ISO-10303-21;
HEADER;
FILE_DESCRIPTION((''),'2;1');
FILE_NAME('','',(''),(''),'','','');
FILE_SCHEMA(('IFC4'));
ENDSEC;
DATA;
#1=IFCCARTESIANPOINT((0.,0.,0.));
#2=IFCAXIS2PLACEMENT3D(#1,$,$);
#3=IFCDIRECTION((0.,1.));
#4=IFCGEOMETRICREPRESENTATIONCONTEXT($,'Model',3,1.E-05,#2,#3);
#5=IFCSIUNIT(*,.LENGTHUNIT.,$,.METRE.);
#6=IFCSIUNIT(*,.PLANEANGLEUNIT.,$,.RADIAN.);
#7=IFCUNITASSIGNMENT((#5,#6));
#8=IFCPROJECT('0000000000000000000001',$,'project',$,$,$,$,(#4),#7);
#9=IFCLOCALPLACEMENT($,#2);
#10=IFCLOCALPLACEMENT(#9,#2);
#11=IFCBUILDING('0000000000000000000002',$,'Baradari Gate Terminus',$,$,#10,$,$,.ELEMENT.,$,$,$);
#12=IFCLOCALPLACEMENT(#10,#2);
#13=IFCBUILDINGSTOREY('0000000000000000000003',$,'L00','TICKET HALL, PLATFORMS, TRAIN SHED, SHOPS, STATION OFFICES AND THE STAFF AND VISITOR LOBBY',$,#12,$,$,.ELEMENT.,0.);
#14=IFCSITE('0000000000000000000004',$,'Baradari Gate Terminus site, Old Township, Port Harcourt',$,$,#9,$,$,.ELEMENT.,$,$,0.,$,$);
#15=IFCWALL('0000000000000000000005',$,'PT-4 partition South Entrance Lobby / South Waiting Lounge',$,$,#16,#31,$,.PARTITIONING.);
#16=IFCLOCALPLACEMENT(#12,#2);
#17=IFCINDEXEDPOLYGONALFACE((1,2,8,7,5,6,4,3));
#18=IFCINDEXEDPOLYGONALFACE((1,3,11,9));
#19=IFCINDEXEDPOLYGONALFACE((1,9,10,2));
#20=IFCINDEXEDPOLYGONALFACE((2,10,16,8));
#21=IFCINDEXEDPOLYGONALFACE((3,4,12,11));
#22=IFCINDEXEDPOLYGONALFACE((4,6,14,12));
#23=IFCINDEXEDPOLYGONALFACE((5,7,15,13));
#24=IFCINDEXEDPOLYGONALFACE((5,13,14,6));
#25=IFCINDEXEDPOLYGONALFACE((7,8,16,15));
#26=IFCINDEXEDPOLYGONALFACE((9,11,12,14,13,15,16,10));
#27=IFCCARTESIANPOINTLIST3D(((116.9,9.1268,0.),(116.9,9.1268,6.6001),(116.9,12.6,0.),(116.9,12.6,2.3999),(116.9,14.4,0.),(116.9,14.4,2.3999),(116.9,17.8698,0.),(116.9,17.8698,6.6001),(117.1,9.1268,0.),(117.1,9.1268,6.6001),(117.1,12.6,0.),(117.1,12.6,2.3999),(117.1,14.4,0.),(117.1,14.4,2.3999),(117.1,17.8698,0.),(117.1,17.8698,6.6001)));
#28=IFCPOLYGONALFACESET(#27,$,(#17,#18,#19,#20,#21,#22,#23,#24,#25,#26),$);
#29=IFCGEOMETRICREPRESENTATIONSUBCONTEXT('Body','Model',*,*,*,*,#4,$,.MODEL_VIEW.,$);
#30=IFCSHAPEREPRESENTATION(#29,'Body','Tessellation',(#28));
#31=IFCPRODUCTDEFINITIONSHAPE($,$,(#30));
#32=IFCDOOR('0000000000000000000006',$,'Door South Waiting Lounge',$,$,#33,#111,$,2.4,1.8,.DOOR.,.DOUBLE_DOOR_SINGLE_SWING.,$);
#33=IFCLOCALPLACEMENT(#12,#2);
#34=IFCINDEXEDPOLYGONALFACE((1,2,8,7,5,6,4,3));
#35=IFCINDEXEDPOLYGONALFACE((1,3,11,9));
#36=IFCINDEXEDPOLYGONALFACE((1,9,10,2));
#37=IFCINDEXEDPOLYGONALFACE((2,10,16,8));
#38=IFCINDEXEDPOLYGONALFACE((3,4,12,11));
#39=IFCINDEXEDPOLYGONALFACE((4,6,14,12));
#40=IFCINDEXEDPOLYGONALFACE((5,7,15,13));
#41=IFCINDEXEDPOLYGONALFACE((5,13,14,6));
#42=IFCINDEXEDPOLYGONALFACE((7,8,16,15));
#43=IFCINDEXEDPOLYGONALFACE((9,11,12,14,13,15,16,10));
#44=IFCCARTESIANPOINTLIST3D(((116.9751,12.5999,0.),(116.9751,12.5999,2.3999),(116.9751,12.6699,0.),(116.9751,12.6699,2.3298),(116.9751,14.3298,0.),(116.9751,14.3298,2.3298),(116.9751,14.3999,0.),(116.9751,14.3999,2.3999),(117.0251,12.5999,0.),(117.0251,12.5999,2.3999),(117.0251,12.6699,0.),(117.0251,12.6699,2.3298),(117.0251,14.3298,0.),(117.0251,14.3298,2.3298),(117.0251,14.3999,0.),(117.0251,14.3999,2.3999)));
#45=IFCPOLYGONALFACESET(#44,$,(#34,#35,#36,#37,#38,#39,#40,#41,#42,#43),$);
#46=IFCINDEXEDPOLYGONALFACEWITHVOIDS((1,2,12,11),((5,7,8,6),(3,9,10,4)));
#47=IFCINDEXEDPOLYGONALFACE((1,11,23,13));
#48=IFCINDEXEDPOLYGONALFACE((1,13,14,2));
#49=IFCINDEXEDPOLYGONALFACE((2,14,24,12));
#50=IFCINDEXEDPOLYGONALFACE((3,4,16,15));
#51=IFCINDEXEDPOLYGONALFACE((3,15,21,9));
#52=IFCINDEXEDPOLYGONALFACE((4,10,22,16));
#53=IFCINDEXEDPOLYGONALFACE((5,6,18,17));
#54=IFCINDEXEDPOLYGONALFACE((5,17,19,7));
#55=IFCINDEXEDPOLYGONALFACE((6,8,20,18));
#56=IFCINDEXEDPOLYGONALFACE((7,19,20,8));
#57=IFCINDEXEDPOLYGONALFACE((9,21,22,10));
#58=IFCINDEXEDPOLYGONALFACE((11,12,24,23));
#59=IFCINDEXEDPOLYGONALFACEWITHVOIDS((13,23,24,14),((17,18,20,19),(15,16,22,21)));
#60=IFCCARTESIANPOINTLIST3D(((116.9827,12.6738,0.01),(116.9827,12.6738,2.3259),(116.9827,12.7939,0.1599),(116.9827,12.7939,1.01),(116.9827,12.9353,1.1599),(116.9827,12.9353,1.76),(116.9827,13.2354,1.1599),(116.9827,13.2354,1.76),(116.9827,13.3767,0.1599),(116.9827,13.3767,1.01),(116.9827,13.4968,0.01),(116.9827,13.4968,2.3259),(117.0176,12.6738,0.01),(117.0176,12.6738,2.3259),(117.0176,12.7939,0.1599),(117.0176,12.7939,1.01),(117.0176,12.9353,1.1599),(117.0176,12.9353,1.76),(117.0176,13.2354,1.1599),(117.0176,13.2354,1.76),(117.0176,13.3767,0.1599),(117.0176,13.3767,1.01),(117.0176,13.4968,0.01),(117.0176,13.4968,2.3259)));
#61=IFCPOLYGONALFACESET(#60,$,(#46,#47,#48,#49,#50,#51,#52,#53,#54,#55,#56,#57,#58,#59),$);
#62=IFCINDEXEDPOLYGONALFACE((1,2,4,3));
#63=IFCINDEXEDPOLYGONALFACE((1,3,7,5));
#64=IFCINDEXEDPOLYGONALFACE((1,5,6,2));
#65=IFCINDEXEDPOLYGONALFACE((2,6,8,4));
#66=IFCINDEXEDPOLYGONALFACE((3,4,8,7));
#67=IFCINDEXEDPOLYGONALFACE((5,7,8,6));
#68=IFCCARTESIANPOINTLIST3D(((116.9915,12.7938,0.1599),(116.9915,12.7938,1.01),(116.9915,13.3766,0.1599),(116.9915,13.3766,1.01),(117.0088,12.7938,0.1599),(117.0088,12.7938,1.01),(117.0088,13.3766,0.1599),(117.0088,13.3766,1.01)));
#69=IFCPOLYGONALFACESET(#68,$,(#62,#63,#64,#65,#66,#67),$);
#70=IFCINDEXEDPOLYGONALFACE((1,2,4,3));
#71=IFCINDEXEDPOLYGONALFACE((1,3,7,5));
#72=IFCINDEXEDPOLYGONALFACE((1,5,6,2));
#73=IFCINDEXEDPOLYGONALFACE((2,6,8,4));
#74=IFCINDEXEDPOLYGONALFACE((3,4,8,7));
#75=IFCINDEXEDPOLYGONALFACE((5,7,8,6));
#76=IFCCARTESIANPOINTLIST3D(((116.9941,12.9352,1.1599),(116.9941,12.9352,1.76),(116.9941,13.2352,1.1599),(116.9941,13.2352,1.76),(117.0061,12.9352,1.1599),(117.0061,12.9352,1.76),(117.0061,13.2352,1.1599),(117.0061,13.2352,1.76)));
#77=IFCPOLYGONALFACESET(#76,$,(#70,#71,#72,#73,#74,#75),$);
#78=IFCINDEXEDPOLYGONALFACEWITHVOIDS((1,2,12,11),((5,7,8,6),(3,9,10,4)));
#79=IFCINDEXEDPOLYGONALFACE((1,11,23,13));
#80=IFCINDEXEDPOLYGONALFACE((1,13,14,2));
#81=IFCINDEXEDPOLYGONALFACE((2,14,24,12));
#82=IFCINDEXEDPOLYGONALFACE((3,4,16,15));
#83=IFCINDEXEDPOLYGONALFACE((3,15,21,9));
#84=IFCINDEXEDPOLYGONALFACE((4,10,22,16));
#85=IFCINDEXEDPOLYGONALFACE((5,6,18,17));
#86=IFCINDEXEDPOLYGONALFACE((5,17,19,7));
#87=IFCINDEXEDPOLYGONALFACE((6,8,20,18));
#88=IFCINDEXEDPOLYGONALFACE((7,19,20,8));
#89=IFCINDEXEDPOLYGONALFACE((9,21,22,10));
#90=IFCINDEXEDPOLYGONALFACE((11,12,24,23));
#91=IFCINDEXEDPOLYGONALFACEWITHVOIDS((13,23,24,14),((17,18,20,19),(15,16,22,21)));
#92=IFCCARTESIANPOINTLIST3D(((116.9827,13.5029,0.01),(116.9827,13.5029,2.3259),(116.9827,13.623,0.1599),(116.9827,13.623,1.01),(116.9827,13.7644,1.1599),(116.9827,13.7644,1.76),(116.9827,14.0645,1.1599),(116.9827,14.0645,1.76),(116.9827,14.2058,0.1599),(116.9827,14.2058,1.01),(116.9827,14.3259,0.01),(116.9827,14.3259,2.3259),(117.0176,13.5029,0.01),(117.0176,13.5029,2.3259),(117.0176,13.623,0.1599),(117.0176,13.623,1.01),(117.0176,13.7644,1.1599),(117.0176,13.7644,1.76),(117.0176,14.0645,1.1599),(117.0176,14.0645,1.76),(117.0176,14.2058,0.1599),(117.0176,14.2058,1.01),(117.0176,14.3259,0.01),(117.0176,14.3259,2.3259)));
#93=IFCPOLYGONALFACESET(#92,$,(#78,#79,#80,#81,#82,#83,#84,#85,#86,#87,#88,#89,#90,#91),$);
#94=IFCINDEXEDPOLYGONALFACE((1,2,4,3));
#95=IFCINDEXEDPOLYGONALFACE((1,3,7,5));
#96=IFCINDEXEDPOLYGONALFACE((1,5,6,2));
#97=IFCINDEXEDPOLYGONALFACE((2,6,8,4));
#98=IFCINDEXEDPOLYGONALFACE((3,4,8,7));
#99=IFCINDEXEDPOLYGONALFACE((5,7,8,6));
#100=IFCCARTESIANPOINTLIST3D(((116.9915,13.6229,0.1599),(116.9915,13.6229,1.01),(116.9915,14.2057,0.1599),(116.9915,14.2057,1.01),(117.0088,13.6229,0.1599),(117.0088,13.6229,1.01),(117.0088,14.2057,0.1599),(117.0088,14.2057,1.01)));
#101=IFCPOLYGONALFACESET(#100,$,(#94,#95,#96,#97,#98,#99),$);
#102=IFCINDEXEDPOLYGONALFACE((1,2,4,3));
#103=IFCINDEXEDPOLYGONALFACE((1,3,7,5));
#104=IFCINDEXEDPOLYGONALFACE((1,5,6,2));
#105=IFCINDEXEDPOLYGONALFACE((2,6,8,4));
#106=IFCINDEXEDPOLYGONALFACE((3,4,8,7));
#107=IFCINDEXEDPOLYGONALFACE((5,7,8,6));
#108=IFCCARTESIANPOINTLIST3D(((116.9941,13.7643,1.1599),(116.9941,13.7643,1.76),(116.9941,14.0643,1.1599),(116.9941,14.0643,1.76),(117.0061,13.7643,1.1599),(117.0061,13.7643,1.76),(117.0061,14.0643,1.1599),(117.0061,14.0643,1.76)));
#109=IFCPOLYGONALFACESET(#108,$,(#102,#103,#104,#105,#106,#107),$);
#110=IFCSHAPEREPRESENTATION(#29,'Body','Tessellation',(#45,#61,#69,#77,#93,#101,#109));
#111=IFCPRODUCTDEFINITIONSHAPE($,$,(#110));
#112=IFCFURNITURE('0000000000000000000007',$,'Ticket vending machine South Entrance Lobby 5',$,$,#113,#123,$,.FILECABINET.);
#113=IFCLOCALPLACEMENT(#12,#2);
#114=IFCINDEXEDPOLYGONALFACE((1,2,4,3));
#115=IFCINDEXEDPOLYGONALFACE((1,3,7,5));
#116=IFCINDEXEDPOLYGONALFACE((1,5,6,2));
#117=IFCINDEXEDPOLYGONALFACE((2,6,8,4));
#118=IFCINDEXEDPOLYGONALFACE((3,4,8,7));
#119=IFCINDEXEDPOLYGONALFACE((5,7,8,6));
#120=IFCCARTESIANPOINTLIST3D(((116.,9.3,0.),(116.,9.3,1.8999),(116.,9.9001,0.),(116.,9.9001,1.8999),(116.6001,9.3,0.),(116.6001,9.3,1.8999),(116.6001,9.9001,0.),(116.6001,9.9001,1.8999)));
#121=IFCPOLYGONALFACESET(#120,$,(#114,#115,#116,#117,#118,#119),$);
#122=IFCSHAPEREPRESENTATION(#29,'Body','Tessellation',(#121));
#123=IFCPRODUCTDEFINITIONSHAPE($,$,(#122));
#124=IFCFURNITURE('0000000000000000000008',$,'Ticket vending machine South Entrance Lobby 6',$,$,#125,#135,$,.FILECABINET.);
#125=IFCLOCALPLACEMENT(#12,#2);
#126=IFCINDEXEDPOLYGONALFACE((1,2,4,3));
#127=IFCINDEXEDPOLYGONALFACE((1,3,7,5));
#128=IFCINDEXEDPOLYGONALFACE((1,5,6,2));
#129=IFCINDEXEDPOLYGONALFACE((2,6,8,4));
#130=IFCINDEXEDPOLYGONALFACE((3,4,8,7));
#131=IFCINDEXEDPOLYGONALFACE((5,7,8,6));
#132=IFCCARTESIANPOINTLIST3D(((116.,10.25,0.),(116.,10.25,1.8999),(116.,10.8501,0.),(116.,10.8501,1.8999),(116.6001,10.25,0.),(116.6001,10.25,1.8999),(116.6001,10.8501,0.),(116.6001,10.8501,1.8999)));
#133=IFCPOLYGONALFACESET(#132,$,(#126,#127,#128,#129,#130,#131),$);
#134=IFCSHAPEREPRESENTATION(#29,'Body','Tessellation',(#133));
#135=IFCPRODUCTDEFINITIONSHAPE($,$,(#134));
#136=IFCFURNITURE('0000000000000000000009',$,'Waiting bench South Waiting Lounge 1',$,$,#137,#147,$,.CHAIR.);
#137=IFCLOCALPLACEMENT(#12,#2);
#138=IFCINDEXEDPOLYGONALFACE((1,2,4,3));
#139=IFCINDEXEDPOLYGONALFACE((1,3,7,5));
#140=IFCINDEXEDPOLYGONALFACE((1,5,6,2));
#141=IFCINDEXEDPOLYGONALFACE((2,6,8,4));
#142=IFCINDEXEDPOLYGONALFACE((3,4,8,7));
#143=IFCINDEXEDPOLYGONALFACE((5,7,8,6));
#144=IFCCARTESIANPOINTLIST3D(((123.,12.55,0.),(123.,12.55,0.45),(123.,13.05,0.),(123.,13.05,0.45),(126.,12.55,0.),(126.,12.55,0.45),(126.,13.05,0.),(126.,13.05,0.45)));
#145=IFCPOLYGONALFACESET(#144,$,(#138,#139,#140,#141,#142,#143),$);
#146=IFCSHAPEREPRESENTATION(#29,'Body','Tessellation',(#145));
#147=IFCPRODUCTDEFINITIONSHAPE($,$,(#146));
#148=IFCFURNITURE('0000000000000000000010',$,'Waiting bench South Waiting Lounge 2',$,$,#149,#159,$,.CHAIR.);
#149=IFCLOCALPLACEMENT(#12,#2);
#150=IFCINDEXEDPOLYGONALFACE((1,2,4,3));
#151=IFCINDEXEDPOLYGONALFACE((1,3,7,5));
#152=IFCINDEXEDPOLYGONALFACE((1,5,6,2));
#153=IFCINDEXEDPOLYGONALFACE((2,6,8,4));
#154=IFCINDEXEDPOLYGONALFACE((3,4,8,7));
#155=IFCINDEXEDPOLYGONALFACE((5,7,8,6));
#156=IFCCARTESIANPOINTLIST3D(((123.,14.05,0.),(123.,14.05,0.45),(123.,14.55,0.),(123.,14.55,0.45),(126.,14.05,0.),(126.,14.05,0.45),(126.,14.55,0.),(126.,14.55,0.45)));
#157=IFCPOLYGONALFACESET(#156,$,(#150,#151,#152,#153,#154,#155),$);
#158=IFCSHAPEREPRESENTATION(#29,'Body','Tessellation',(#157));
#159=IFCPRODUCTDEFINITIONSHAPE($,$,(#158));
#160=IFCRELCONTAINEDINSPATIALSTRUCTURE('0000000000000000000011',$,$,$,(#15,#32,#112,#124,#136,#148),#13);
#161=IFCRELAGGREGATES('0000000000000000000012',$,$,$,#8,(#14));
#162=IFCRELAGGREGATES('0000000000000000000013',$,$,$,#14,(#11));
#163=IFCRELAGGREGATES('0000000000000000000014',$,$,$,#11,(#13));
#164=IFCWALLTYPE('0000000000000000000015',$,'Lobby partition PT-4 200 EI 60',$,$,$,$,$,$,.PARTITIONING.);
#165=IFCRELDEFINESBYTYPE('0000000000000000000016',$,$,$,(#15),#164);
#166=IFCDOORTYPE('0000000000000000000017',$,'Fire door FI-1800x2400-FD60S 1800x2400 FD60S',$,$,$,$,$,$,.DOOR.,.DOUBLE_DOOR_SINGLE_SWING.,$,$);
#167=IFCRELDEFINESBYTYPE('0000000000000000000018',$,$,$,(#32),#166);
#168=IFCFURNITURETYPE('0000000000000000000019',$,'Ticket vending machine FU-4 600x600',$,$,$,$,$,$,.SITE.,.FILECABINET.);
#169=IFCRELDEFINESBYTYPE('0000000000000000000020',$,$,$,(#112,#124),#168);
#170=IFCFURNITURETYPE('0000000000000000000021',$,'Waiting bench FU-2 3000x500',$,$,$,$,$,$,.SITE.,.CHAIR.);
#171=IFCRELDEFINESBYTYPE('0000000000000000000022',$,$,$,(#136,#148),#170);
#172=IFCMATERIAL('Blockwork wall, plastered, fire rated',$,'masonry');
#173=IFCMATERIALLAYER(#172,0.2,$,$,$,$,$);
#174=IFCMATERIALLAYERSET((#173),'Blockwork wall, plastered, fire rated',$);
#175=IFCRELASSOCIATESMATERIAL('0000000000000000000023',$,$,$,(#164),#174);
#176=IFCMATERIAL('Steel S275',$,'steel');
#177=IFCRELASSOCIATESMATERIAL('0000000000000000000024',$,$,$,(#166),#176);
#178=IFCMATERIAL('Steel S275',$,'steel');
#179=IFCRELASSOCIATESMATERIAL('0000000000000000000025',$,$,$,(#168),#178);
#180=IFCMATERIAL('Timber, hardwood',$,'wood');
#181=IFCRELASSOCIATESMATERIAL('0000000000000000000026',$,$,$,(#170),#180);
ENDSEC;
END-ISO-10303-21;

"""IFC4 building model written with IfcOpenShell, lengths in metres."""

from ifc_helpers import new_model, si_unit, direction, frame, frame_2d, origin, origin_2d, place, context, subcontext, project, spatial, polyline, rectangle, outline, extrude, material, layer, layer_set, type_object, element, fill, save


model = new_model("IFC4")

# Units and contexts
model_context = context("Model", 3, precision=1e-05, world=origin(), true_north=direction((0.0, 1.0)))
body_context = subcontext(model_context, "Body", "Model", "MODEL_VIEW")
ifc_project = project(units=[si_unit("LENGTHUNIT", "METRE"), si_unit("PLANEANGLEUNIT", "RADIAN")], contexts=[model_context])

# Site, building, storey
site_placement = place(None, origin())
site = spatial("IfcSite", under=ifc_project, at=site_placement, Name="Baradari Gate Terminus site, Old Township, Port Harcourt", CompositionType="ELEMENT", RefElevation=0.0)
building_placement = place(site_placement, origin())
building = spatial("IfcBuilding", under=site, at=building_placement, Name="Baradari Gate Terminus", CompositionType="ELEMENT")
storey_placement = place(building_placement, origin())
storey = spatial("IfcBuildingStorey", under=building, at=storey_placement, Name="L00", Description="TICKET HALL, PLATFORMS, TRAIN SHED, SHOPS, STATION OFFICES AND THE STAFF AND VISITOR LOBBY", CompositionType="ELEMENT", Elevation=0.0)

# Wall, opening, door
ifc_material_1 = material(Name="Blockwork wall, plastered, fire rated", Category="masonry")
ifc_layer_1 = layer(ifc_material_1, 0.2)
ifc_layer_set_1 = layer_set([ifc_layer_1], Name="Blockwork wall, plastered, fire rated")
wall_type_1 = type_object("IfcWallType", Name="Lobby partition PT-4 200 EI 60", PredefinedType="PARTITIONING", material=ifc_layer_set_1)
ifc_material_2 = material(Name="Steel S275", Category="steel")
door_type_1 = type_object("IfcDoorType", Name="Fire door FI-1800x2400-FD60S 1800x2400 FD60S", OperationType="DOUBLE_DOOR_SINGLE_SWING", PredefinedType="DOOR", material=ifc_material_2)
wall_1_placement = place(storey_placement, frame((117.0, 17.8699, 0.0), z_axis=(0.0, 0.0, 1.0), x_axis=(0.0, -1.0, 0.0)))
wall_1 = element("IfcWall", 1, at=wall_1_placement, inside=storey, type_object=wall_type_1, Name="PT-4 partition South Entrance Lobby / South Waiting Lounge", PredefinedType="PARTITIONING", context=body_context, shape_type="SweptSolid", body=[
    extrude(rectangle(XDim=8.7429, YDim=0.2, at=frame_2d((4.3716, 0.0))), origin(), (0.0, 0.0, 1.0), 6.6001),
])
opening_1_placement = place(wall_1_placement, frame((3.47, 0.0, 0.0)))
opening_1 = element("IfcOpeningElement", 2, at=opening_1_placement, cuts=wall_1, PredefinedType="OPENING", context=body_context, shape_type="SweptSolid", body=[
    extrude(rectangle(XDim=1.8, YDim=2.3999, at=frame_2d((0.8999, 1.2))), frame((0.0, 0.1099, 0.0), z_axis=(0.0, -1.0, 0.0), x_axis=(1.0, 0.0, 0.0)), (0.0, 0.0, 1.0), 0.22),
])
door_1_placement = place(opening_1_placement, frame((1.8, 0.0, 0.0), z_axis=(0.0, 0.0, 1.0), x_axis=(-1.0, 0.0, 0.0)))
door_1 = element("IfcDoor", 3, at=door_1_placement, inside=storey, type_object=door_type_1, Name="Door South Waiting Lounge", OperationType="DOUBLE_DOOR_SINGLE_SWING", OverallHeight=2.4, OverallWidth=1.8, PredefinedType="DOOR", context=body_context, shape_type="SweptSolid", body=[
    extrude(outline(polyline([(0.0, 0.0), (0.0701, 0.0), (0.0701, 2.3298), (1.73, 2.3298), (1.73, 0.0), (1.8, 0.0), (1.8, 2.3999), (0.0, 2.3999), (0.0, 0.0)])), frame((0.0, 0.0249, 0.0), z_axis=(0.0, -1.0, 0.0), x_axis=(1.0, 0.0, 0.0)), (0.0, 0.0, 1.0), 0.05),
    extrude(outline(polyline([(0.074, 0.01), (0.897, 0.01), (0.897, 2.3259), (0.074, 2.3259), (0.074, 0.01)]), holes=[polyline([(0.1941, 0.1599), (0.7769, 0.1599), (0.7769, 1.01), (0.1941, 1.01), (0.1941, 0.1599)]), polyline([(0.3354, 1.1599), (0.6355, 1.1599), (0.6355, 1.76), (0.3354, 1.76), (0.3354, 1.1599)])]), frame((0.0, 0.0173, 0.0), z_axis=(0.0, -1.0, 0.0), x_axis=(1.0, 0.0, 0.0)), (0.0, 0.0, 1.0), 0.0349),
    extrude(rectangle(XDim=0.5828, YDim=0.8501, at=frame_2d((0.4854, 0.585))), frame((0.0, 0.0085, 0.0), z_axis=(0.0, -1.0, 0.0), x_axis=(1.0, 0.0, 0.0)), (0.0, 0.0, 1.0), 0.0173),
    extrude(rectangle(XDim=0.3, YDim=0.6001, at=frame_2d((0.4854, 1.46))), frame((0.0, 0.0059, 0.0), z_axis=(0.0, -1.0, 0.0), x_axis=(1.0, 0.0, 0.0)), (0.0, 0.0, 1.0), 0.012),
    extrude(outline(polyline([(0.9031, 0.01), (1.7261, 0.01), (1.7261, 2.3259), (0.9031, 2.3259), (0.9031, 0.01)]), holes=[polyline([(1.0232, 0.1599), (1.606, 0.1599), (1.606, 1.01), (1.0232, 1.01), (1.0232, 0.1599)]), polyline([(1.1646, 1.1599), (1.4646, 1.1599), (1.4646, 1.76), (1.1646, 1.76), (1.1646, 1.1599)])]), frame((0.0, 0.0173, 0.0), z_axis=(0.0, -1.0, 0.0), x_axis=(1.0, 0.0, 0.0)), (0.0, 0.0, 1.0), 0.0349),
    extrude(rectangle(XDim=0.5828, YDim=0.8501, at=frame_2d((1.3145, 0.585))), frame((0.0, 0.0085, 0.0), z_axis=(0.0, -1.0, 0.0), x_axis=(1.0, 0.0, 0.0)), (0.0, 0.0, 1.0), 0.0173),
    extrude(rectangle(XDim=0.3, YDim=0.6001, at=frame_2d((1.3145, 1.46))), frame((0.0, 0.0059, 0.0), z_axis=(0.0, -1.0, 0.0), x_axis=(1.0, 0.0, 0.0)), (0.0, 0.0, 1.0), 0.012),
])
fill(opening_1, door_1)

# Furniture
ifc_material_3 = material(Name="Steel S275", Category="steel")
furniture_type_1 = type_object("IfcFurnitureType", Name="Ticket vending machine FU-4 600x600", AssemblyPlace="SITE", PredefinedType="FILECABINET", material=ifc_material_3)
for number, where, z_axis, x_axis, name in (
    (4, (116.3, 9.6001, 0.0), (0.0, 0.0, 1.0), (1.0, 0.0, 0.0), "Ticket vending machine South Entrance Lobby 5"),
    (5, (116.3, 10.55, 0.0), (0.0, 0.0, 1.0), (1.0, 0.0, 0.0), "Ticket vending machine South Entrance Lobby 6"),
):
    element("IfcFurniture", number, at=place(storey_placement, frame(where, z_axis=z_axis, x_axis=x_axis)), inside=storey, type_object=furniture_type_1, Name=name, PredefinedType="FILECABINET", context=body_context, shape_type="SweptSolid", body=[
        extrude(rectangle(XDim=0.6001, YDim=0.6001, at=origin_2d()), origin(), (0.0, 0.0, 1.0), 1.8999),
    ])
ifc_material_4 = material(Name="Timber, hardwood", Category="wood")
furniture_type_2 = type_object("IfcFurnitureType", Name="Waiting bench FU-2 3000x500", AssemblyPlace="SITE", PredefinedType="CHAIR", material=ifc_material_4)
for number, where, z_axis, x_axis, name in (
    (6, (124.5, 12.8, 0.0), (0.0, 0.0, 1.0), (1.0, 0.0, 0.0), "Waiting bench South Waiting Lounge 1"),
    (7, (124.5, 14.3, 0.0), (0.0, 0.0, 1.0), (1.0, 0.0, 0.0), "Waiting bench South Waiting Lounge 2"),
):
    element("IfcFurniture", number, at=place(storey_placement, frame(where, z_axis=z_axis, x_axis=x_axis)), inside=storey, type_object=furniture_type_2, Name=name, PredefinedType="CHAIR", context=body_context, shape_type="SweptSolid", body=[
        extrude(rectangle(XDim=3.0, YDim=0.5, at=origin_2d()), origin(), (0.0, 0.0, 1.0), 0.45),
    ])

save(model, "model.ifc")
